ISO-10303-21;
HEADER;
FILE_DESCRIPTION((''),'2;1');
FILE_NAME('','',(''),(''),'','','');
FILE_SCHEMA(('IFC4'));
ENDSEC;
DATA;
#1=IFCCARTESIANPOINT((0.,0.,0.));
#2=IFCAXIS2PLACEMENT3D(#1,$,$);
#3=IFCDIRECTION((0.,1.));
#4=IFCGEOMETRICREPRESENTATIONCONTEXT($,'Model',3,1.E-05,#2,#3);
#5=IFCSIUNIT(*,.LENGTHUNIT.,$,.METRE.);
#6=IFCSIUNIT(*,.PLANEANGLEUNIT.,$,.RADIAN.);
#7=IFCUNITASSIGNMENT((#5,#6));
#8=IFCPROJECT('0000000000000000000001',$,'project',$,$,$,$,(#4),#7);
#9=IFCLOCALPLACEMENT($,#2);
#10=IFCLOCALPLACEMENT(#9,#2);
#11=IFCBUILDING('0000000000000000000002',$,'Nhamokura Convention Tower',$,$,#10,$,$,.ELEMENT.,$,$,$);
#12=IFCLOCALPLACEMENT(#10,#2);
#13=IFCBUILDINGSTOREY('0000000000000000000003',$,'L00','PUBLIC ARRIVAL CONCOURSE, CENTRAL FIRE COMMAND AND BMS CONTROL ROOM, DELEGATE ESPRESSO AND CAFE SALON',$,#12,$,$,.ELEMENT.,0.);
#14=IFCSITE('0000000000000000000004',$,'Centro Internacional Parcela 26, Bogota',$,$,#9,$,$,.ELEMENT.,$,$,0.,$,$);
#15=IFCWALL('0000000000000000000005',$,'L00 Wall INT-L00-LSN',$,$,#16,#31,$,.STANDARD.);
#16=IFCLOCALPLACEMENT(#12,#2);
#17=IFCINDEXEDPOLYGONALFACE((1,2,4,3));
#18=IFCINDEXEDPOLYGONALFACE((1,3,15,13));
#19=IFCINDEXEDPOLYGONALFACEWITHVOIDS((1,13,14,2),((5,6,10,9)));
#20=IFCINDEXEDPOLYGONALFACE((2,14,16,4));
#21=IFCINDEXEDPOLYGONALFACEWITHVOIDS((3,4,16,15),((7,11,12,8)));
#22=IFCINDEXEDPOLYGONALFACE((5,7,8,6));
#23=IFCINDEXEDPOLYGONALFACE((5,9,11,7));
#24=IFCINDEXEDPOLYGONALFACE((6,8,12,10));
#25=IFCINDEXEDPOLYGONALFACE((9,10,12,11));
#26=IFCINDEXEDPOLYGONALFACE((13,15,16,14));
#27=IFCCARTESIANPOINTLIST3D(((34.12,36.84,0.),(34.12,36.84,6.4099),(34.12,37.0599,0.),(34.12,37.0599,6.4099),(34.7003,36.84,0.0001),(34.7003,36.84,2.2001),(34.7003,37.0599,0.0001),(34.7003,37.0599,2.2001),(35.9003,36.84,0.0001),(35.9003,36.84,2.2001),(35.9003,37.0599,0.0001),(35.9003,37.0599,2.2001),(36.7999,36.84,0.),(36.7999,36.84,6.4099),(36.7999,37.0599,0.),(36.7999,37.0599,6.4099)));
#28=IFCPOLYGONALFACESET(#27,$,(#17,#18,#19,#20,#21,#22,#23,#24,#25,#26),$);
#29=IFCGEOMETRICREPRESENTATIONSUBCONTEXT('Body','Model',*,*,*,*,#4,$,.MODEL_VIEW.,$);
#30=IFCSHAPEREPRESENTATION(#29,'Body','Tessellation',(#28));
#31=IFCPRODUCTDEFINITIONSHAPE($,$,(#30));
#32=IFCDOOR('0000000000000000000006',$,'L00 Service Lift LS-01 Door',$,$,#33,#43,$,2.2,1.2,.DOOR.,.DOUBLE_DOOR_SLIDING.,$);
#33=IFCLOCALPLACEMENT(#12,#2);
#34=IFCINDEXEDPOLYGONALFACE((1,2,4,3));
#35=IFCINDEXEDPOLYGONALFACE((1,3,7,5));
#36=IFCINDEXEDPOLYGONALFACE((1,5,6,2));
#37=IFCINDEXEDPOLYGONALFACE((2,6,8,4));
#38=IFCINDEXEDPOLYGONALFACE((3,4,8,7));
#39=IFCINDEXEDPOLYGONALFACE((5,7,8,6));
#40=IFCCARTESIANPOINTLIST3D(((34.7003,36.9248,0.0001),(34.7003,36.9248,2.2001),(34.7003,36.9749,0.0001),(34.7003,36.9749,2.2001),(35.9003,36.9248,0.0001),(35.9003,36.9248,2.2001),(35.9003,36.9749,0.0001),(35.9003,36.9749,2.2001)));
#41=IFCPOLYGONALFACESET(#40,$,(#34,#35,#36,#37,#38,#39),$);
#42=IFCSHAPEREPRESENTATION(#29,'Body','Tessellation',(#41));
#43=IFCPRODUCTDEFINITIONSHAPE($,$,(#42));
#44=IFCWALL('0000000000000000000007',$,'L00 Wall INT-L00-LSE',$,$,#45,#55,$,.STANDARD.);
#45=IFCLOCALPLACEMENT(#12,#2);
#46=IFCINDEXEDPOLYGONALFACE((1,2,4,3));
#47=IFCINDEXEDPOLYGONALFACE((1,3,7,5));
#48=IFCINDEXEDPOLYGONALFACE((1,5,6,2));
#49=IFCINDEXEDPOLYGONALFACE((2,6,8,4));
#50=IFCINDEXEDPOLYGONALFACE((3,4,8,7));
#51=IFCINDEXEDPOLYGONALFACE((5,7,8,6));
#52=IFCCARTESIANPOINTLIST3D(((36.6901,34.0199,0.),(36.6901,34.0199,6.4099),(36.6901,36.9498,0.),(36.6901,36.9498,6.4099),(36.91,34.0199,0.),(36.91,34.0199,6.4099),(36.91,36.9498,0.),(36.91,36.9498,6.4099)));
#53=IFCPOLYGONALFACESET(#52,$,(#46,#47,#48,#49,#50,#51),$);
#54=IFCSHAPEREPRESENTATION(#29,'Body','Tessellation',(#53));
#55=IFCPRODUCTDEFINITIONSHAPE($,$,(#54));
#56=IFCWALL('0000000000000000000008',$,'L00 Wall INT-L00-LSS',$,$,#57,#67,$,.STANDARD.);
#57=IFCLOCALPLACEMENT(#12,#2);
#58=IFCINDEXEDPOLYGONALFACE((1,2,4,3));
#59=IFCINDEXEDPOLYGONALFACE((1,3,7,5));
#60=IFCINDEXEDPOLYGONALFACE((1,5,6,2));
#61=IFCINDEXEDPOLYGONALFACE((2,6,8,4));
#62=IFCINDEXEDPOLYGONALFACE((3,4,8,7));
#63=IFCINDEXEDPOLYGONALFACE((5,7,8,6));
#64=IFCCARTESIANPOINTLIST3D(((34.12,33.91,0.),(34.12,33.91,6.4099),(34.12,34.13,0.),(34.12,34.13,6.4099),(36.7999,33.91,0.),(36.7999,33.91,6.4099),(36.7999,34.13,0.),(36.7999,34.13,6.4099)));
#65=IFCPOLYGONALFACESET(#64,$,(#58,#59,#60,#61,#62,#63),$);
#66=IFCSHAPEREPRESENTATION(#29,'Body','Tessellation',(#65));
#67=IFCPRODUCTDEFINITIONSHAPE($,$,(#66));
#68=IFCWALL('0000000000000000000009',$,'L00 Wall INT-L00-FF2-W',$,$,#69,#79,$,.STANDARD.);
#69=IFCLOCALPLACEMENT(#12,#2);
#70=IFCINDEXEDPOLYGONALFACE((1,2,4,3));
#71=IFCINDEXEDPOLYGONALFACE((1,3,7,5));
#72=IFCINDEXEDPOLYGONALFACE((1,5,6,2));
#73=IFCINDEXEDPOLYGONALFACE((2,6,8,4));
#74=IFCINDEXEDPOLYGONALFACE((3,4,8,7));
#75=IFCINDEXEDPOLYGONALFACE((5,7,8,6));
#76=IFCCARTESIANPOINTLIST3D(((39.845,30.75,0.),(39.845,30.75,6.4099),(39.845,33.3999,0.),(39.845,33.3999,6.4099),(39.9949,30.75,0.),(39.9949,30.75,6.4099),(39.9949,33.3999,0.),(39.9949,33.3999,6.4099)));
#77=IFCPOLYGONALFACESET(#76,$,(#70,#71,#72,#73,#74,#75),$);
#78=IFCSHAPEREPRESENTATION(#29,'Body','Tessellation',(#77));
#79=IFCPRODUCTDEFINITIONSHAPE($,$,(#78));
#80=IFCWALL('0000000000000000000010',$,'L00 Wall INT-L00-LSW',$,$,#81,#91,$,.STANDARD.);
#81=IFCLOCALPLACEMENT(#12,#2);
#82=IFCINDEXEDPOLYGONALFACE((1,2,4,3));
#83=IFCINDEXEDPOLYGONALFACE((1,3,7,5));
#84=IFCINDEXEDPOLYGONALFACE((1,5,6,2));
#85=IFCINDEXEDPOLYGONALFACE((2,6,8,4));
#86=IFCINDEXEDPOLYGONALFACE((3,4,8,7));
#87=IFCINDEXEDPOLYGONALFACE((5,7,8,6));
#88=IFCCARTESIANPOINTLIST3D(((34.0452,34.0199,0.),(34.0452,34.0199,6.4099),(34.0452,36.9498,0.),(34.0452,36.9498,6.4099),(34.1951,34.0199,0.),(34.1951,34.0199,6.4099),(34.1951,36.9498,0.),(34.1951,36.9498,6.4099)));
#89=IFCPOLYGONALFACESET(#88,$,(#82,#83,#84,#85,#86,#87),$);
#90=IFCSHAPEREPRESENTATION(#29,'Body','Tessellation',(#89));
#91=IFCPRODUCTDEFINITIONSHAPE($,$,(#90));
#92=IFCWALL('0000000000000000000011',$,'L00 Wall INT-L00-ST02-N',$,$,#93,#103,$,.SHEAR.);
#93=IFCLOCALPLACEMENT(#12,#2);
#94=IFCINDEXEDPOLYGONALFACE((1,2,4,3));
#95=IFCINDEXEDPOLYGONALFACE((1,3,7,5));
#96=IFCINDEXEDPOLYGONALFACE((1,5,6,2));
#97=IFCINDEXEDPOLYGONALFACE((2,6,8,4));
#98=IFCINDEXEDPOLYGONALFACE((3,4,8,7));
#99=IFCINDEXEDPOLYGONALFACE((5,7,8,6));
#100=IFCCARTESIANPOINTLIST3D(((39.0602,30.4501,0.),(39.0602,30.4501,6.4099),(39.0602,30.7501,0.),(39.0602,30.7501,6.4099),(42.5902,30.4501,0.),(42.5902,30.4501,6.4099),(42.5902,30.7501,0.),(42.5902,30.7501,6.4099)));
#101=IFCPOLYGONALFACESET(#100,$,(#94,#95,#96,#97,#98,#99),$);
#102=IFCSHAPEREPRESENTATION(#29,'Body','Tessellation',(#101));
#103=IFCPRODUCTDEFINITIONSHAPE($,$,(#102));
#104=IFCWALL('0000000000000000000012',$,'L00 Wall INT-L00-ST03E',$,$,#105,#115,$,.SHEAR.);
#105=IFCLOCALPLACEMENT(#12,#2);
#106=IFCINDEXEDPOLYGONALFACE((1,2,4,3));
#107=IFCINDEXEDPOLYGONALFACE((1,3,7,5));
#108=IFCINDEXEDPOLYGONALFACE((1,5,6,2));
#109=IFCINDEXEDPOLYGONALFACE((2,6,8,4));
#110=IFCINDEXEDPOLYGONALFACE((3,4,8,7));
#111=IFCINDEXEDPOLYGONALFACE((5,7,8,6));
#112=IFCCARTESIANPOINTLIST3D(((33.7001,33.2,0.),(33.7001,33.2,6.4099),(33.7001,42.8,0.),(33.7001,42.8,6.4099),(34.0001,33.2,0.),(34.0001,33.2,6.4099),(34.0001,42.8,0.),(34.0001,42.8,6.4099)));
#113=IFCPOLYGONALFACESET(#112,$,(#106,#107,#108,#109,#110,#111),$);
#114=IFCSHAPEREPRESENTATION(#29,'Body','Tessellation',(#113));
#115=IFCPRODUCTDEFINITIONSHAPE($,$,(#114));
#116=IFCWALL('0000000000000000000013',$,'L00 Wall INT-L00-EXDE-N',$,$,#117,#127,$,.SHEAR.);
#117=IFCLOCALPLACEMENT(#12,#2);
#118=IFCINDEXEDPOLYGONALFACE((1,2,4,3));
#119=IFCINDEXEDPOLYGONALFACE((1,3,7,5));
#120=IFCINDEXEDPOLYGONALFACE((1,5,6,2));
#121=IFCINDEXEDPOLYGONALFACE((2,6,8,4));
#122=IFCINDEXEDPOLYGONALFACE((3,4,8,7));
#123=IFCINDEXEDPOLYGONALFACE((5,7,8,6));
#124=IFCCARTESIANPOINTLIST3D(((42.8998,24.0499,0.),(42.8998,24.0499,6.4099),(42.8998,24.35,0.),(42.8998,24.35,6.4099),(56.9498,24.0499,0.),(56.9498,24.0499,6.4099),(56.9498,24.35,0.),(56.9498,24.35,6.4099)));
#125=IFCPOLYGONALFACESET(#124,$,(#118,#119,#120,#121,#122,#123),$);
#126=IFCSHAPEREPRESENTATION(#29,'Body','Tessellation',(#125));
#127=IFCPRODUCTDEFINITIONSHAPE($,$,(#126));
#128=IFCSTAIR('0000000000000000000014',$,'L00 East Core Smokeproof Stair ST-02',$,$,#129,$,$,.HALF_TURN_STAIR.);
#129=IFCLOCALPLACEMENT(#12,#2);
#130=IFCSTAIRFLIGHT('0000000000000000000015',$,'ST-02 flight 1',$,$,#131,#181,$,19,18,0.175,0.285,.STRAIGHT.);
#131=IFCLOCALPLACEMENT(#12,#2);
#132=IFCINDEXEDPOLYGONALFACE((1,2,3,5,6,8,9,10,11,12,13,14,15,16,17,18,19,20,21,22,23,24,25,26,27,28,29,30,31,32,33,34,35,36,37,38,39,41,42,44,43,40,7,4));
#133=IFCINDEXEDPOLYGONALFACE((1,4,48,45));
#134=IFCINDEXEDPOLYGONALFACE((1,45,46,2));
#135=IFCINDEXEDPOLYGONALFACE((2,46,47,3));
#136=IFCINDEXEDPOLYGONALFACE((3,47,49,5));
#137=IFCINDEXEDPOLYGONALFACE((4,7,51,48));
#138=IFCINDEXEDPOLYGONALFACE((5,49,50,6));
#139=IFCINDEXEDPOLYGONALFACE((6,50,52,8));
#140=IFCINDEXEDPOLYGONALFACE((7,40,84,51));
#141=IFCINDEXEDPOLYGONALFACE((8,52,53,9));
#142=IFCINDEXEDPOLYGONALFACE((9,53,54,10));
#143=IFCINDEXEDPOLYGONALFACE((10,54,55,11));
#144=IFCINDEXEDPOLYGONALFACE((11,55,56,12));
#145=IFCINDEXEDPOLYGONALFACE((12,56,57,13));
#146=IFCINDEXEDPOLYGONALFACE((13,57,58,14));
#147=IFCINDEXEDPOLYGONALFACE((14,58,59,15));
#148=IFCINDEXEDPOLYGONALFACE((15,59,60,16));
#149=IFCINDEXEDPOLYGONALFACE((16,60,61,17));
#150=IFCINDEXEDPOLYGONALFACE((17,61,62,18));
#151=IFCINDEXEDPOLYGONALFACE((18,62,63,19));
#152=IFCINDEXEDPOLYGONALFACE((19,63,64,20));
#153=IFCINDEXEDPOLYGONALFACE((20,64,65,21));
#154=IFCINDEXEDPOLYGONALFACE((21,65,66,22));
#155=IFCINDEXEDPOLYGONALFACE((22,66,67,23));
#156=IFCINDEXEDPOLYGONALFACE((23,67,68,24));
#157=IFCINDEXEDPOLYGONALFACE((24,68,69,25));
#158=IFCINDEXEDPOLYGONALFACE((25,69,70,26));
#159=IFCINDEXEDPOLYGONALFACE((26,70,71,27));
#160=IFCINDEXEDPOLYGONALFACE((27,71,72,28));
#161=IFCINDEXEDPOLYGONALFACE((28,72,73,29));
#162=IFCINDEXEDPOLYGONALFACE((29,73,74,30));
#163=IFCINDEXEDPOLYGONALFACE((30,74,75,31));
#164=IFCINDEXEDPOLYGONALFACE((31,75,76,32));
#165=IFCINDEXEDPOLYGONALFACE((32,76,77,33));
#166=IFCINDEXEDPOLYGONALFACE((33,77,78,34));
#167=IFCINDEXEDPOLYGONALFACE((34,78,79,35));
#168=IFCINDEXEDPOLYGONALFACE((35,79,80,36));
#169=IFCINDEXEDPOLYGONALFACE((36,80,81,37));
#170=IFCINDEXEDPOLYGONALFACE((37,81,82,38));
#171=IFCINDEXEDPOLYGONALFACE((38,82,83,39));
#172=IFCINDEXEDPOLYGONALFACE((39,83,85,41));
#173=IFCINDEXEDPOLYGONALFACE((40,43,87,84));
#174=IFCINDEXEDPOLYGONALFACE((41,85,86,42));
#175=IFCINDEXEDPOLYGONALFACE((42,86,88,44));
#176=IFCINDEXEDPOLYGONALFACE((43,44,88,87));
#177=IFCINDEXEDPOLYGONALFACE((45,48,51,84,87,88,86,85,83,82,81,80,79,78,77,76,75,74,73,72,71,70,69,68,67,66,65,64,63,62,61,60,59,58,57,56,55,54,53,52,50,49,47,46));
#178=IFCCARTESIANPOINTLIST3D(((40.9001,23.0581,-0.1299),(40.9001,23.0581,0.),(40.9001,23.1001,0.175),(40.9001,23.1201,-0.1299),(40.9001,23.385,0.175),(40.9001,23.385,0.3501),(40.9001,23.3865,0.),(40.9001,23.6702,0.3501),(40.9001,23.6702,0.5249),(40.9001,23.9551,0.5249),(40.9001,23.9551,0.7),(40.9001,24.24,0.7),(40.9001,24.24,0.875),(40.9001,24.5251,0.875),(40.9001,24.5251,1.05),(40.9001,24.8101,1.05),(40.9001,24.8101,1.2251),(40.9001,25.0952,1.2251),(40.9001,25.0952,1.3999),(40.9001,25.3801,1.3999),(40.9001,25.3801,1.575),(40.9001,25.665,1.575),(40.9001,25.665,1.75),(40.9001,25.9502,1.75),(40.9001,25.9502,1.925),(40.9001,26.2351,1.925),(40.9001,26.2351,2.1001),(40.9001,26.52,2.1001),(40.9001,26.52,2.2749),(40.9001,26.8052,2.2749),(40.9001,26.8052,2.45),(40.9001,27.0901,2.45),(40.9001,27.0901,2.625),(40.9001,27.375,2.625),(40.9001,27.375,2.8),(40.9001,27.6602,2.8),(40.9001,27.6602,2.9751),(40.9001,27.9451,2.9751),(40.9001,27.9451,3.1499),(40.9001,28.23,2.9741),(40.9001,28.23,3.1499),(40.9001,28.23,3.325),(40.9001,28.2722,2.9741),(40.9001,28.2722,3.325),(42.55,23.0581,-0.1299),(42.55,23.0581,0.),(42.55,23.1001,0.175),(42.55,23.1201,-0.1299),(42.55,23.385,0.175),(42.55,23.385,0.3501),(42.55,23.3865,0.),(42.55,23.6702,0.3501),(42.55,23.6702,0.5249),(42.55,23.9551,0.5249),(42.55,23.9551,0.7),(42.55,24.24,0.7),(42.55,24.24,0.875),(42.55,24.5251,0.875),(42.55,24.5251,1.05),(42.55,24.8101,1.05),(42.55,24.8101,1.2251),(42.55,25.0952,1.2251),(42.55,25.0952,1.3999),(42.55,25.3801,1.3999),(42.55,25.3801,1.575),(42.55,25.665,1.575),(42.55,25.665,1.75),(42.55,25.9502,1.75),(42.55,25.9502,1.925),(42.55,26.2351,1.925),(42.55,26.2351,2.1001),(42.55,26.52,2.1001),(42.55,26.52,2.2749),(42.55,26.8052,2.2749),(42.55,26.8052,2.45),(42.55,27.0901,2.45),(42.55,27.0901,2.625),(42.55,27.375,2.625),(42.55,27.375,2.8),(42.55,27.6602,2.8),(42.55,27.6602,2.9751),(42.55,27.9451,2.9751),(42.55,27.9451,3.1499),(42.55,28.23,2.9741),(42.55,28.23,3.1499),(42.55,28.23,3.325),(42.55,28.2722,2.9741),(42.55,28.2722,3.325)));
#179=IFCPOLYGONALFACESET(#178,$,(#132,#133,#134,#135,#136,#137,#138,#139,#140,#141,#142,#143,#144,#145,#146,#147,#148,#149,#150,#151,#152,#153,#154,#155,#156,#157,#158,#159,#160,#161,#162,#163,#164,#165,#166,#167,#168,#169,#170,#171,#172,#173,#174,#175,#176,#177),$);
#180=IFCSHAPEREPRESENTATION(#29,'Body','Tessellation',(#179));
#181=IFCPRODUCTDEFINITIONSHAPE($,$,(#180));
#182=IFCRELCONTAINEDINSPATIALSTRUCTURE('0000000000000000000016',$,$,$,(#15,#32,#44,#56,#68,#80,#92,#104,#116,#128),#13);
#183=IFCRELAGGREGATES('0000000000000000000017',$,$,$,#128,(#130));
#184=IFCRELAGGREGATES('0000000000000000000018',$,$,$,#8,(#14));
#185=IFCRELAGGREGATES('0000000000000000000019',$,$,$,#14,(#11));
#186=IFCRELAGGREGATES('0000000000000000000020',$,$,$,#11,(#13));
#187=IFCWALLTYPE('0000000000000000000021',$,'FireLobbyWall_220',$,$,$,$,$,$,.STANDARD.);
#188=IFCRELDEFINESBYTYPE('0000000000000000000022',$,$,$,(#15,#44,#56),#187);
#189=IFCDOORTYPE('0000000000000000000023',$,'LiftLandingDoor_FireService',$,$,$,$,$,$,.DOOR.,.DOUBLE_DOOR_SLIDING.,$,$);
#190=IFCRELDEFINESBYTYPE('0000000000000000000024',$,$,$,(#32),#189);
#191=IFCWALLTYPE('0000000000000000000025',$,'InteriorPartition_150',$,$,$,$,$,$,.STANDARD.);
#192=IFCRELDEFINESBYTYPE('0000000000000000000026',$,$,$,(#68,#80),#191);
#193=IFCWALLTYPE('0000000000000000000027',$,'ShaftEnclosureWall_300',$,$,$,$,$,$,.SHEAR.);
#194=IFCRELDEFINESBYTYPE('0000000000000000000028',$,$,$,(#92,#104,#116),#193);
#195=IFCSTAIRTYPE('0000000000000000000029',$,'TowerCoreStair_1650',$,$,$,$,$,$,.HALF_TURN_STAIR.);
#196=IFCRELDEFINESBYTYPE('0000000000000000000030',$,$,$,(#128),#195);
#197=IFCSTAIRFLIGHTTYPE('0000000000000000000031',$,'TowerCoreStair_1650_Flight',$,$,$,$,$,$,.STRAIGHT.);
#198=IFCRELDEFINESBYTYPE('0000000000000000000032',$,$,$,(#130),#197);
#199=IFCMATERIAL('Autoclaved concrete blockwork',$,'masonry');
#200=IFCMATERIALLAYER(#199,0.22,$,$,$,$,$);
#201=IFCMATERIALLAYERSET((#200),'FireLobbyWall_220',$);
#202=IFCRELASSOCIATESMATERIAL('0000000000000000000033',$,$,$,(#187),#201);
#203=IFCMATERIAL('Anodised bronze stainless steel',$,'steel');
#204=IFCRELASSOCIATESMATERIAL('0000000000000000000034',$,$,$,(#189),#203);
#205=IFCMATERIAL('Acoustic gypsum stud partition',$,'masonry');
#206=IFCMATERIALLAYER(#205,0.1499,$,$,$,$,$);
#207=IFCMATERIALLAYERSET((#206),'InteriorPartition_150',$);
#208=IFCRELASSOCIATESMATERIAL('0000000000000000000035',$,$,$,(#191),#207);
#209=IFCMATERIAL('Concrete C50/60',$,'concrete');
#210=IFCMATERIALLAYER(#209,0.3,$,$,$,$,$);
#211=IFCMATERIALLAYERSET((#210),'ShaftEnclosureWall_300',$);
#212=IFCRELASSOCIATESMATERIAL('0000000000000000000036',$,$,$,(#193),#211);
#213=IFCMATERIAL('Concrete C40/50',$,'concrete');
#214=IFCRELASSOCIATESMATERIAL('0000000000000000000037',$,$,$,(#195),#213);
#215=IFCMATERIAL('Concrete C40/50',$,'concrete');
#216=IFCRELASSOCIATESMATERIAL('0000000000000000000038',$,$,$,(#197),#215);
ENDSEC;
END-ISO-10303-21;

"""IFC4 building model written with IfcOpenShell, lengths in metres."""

from ifc_helpers import new_model, si_unit, direction, frame, frame_2d, origin, place, context, subcontext, project, spatial, polyline, rectangle, outline, extrude, material, layer, layer_set, type_object, element, fill, aggregate, save


model = new_model("IFC4")

# Units and contexts
model_context = context("Model", 3, precision=1e-05, world=origin(), true_north=direction((0.0, 1.0)))
body_context = subcontext(model_context, "Body", "Model", "MODEL_VIEW")
ifc_project = project(units=[si_unit("LENGTHUNIT", "METRE"), si_unit("PLANEANGLEUNIT", "RADIAN")], contexts=[model_context])

# Site, building, storey
site_placement = place(None, origin())
site = spatial("IfcSite", under=ifc_project, at=site_placement, Name="Centro Internacional Parcela 26, Bogota", CompositionType="ELEMENT", RefElevation=0.0)
building_placement = place(site_placement, origin())
building = spatial("IfcBuilding", under=site, at=building_placement, Name="Nhamokura Convention Tower", CompositionType="ELEMENT")
storey_placement = place(building_placement, origin())
storey = spatial("IfcBuildingStorey", under=building, at=storey_placement, Name="L00", Description="PUBLIC ARRIVAL CONCOURSE, CENTRAL FIRE COMMAND AND BMS CONTROL ROOM, DELEGATE ESPRESSO AND CAFE SALON", CompositionType="ELEMENT", Elevation=0.0)

# Shared definitions
ifc_material_1 = material(Name="Autoclaved concrete blockwork", Category="masonry")
ifc_layer_1 = layer(ifc_material_1, 0.22)
ifc_layer_set_1 = layer_set([ifc_layer_1], Name="FireLobbyWall_220")
wall_type_1 = type_object("IfcWallType", Name="FireLobbyWall_220", PredefinedType="STANDARD", material=ifc_layer_set_1)
ifc_material_2 = material(Name="Anodised bronze stainless steel", Category="steel")
door_type_1 = type_object("IfcDoorType", Name="LiftLandingDoor_FireService", OperationType="DOUBLE_DOOR_SLIDING", PredefinedType="DOOR", material=ifc_material_2)

# Wall, opening, door
wall_1_placement = place(storey_placement, frame((34.1201, 36.95, 0.0), z_axis=(0.0, 0.0, 1.0), x_axis=(1.0, 0.0, 0.0)))
wall_1 = element("IfcWall", 1, at=wall_1_placement, inside=storey, type_object=wall_type_1, Name="L00 Wall INT-L00-LSN", PredefinedType="STANDARD", context=body_context, shape_type="SweptSolid", body=[
    extrude(rectangle(XDim=2.6799, YDim=0.22, at=frame_2d((1.3398, 0.0))), origin(), (0.0, 0.0, 1.0), 6.4099),
])
opening_1_placement = place(wall_1_placement, frame((0.5801, 0.0, 0.0)))
opening_1 = element("IfcOpeningElement", 2, at=opening_1_placement, cuts=wall_1, PredefinedType="OPENING", context=body_context, shape_type="SweptSolid", body=[
    extrude(rectangle(XDim=1.2, YDim=2.2, at=frame_2d((0.6001, 1.1001))), frame((0.0, 0.1199, 0.0), z_axis=(0.0, -1.0, 0.0), x_axis=(1.0, 0.0, 0.0)), (0.0, 0.0, 1.0), 0.24),
])
door_1_placement = place(opening_1_placement, origin())
door_1 = element("IfcDoor", 3, at=door_1_placement, inside=storey, type_object=door_type_1, Name="L00 Service Lift LS-01 Door", OperationType="DOUBLE_DOOR_SLIDING", OverallHeight=2.2, OverallWidth=1.2, PredefinedType="DOOR", context=body_context, shape_type="SweptSolid", body=[
    extrude(rectangle(XDim=1.2, YDim=2.2, at=frame_2d((0.6001, 1.1001))), frame((0.0, 0.0249, 0.0), z_axis=(0.0, -1.0, 0.0), x_axis=(1.0, 0.0, 0.0)), (0.0, 0.0, 1.0), 0.05),
])
fill(opening_1, door_1)

# Walls
wall_2_placement = place(storey_placement, frame((36.8, 34.02, 0.0), z_axis=(0.0, 0.0, 1.0), x_axis=(0.0, 1.0, 0.0)))
element("IfcWall", 4, at=wall_2_placement, inside=storey, type_object=wall_type_1, Name="L00 Wall INT-L00-LSE", PredefinedType="STANDARD", context=body_context, shape_type="SweptSolid", body=[
    extrude(rectangle(XDim=2.9299, YDim=0.22, at=frame_2d((1.4648, 0.0))), origin(), (0.0, 0.0, 1.0), 6.4099),
])
wall_3_placement = place(storey_placement, frame((34.1201, 34.02, 0.0), z_axis=(0.0, 0.0, 1.0), x_axis=(1.0, 0.0, 0.0)))
element("IfcWall", 5, at=wall_3_placement, inside=storey, type_object=wall_type_1, Name="L00 Wall INT-L00-LSS", PredefinedType="STANDARD", context=body_context, shape_type="SweptSolid", body=[
    extrude(rectangle(XDim=2.6799, YDim=0.22, at=frame_2d((1.3398, 0.0))), origin(), (0.0, 0.0, 1.0), 6.4099),
])
ifc_material_3 = material(Name="Acoustic gypsum stud partition", Category="masonry")
ifc_layer_2 = layer(ifc_material_3, 0.1499)
ifc_layer_set_2 = layer_set([ifc_layer_2], Name="InteriorPartition_150")
wall_type_2 = type_object("IfcWallType", Name="InteriorPartition_150", PredefinedType="STANDARD", material=ifc_layer_set_2)
wall_4_placement = place(storey_placement, frame((39.9199, 30.75, 0.0), z_axis=(0.0, 0.0, 1.0), x_axis=(0.0, 1.0, 0.0)))
element("IfcWall", 6, at=wall_4_placement, inside=storey, type_object=wall_type_2, Name="L00 Wall INT-L00-FF2-W", PredefinedType="STANDARD", context=body_context, shape_type="SweptSolid", body=[
    extrude(rectangle(XDim=2.6499, YDim=0.1499, at=frame_2d((1.325, 0.0))), origin(), (0.0, 0.0, 1.0), 6.4099),
])
wall_5_placement = place(storey_placement, frame((34.1201, 34.02, 0.0), z_axis=(0.0, 0.0, 1.0), x_axis=(0.0, 1.0, 0.0)))
element("IfcWall", 7, at=wall_5_placement, inside=storey, type_object=wall_type_2, Name="L00 Wall INT-L00-LSW", PredefinedType="STANDARD", context=body_context, shape_type="SweptSolid", body=[
    extrude(rectangle(XDim=2.9299, YDim=0.1499, at=frame_2d((1.4648, 0.0))), origin(), (0.0, 0.0, 1.0), 6.4099),
])
ifc_material_4 = material(Name="Concrete C50/60", Category="concrete")
ifc_layer_3 = layer(ifc_material_4, 0.3)
ifc_layer_set_3 = layer_set([ifc_layer_3], Name="ShaftEnclosureWall_300")
wall_type_3 = type_object("IfcWallType", Name="ShaftEnclosureWall_300", PredefinedType="SHEAR", material=ifc_layer_set_3)
wall_6_placement = place(storey_placement, frame((39.0601, 30.6001, 0.0), z_axis=(0.0, 0.0, 1.0), x_axis=(1.0, 0.0, 0.0)))
element("IfcWall", 8, at=wall_6_placement, inside=storey, type_object=wall_type_3, Name="L00 Wall INT-L00-ST02-N", PredefinedType="SHEAR", context=body_context, shape_type="SweptSolid", body=[
    extrude(rectangle(XDim=3.53, YDim=0.3, at=frame_2d((1.7651, 0.0))), origin(), (0.0, 0.0, 1.0), 6.4099),
])
wall_7_placement = place(storey_placement, frame((33.8501, 33.2, 0.0), z_axis=(0.0, 0.0, 1.0), x_axis=(0.0, 1.0, 0.0)))
element("IfcWall", 9, at=wall_7_placement, inside=storey, type_object=wall_type_3, Name="L00 Wall INT-L00-ST03E", PredefinedType="SHEAR", context=body_context, shape_type="SweptSolid", body=[
    extrude(rectangle(XDim=9.6001, YDim=0.3, at=frame_2d((4.8, 0.0))), origin(), (0.0, 0.0, 1.0), 6.4099),
])
wall_8_placement = place(storey_placement, frame((42.8999, 24.2, 0.0), z_axis=(0.0, 0.0, 1.0), x_axis=(1.0, 0.0, 0.0)))
element("IfcWall", 10, at=wall_8_placement, inside=storey, type_object=wall_type_3, Name="L00 Wall INT-L00-EXDE-N", PredefinedType="SHEAR", context=body_context, shape_type="SweptSolid", body=[
    extrude(rectangle(XDim=14.05, YDim=0.3, at=frame_2d((7.0249, 0.0))), origin(), (0.0, 0.0, 1.0), 6.4099),
])

# Stair, stair flight
ifc_material_5 = material(Name="Concrete C40/50", Category="concrete")
stair_type = type_object("IfcStairType", Name="TowerCoreStair_1650", PredefinedType="HALF_TURN_STAIR", material=ifc_material_5)
stair_1_placement = place(storey_placement, origin())
stair_1 = element("IfcStair", 11, at=stair_1_placement, inside=storey, type_object=stair_type, Name="L00 East Core Smokeproof Stair ST-02", PredefinedType="HALF_TURN_STAIR")
ifc_material_6 = material(Name="Concrete C40/50", Category="concrete")
stair_flight_type = type_object("IfcStairFlightType", Name="TowerCoreStair_1650_Flight", PredefinedType="STRAIGHT", material=ifc_material_6)
stair_flight_1_placement = place(storey_placement, frame((41.7251, 23.1001, 0.0), z_axis=(0.0, 0.0, 1.0), x_axis=(0.0, 1.0, 0.0)))
stair_flight_1 = element("IfcStairFlight", 12, at=stair_flight_1_placement, type_object=stair_flight_type, Name="ST-02 flight 1", NumberOfRisers=19, NumberOfTreads=18, PredefinedType="STRAIGHT", RiserHeight=0.175, TreadLength=0.285, context=body_context, shape_type="SweptSolid", body=[
    extrude(outline(polyline([(-0.042, 0.0), (0.0, 0.175), (0.2849, 0.175), (0.2849, 0.3501), (0.5701, 0.3501), (0.5701, 0.5249), (0.855, 0.5249), (0.855, 0.7), (1.1399, 0.7), (1.1399, 0.875), (1.425, 0.875), (1.425, 1.05), (1.71, 1.05), (1.71, 1.2251), (1.9951, 1.2251), (1.9951, 1.3999), (2.28, 1.3999), (2.28, 1.575), (2.5649, 1.575), (2.5649, 1.75), (2.8501, 1.75), (2.8501, 1.925), (3.135, 1.925), (3.135, 2.1001), (3.4199, 2.1001), (3.4199, 2.2749), (3.7051, 2.2749), (3.7051, 2.45), (3.99, 2.45), (3.99, 2.625), (4.2749, 2.625), (4.2749, 2.8), (4.5601, 2.8), (4.5601, 2.9751), (4.845, 2.9751), (4.845, 3.1499), (5.1299, 3.1499), (5.1299, 3.325), (5.1721, 3.325), (5.1721, 2.9741), (5.1299, 2.9741), (0.2864, 0.0), (0.02, -0.1299), (-0.042, -0.1299), (-0.042, 0.0)])), frame((0.0, 0.825, 0.0), z_axis=(0.0, -1.0, 0.0), x_axis=(1.0, 0.0, 0.0)), (0.0, 0.0, 1.0), 1.6499),
])
aggregate(stair_1, [stair_flight_1])

save(model, "model.ifc")
